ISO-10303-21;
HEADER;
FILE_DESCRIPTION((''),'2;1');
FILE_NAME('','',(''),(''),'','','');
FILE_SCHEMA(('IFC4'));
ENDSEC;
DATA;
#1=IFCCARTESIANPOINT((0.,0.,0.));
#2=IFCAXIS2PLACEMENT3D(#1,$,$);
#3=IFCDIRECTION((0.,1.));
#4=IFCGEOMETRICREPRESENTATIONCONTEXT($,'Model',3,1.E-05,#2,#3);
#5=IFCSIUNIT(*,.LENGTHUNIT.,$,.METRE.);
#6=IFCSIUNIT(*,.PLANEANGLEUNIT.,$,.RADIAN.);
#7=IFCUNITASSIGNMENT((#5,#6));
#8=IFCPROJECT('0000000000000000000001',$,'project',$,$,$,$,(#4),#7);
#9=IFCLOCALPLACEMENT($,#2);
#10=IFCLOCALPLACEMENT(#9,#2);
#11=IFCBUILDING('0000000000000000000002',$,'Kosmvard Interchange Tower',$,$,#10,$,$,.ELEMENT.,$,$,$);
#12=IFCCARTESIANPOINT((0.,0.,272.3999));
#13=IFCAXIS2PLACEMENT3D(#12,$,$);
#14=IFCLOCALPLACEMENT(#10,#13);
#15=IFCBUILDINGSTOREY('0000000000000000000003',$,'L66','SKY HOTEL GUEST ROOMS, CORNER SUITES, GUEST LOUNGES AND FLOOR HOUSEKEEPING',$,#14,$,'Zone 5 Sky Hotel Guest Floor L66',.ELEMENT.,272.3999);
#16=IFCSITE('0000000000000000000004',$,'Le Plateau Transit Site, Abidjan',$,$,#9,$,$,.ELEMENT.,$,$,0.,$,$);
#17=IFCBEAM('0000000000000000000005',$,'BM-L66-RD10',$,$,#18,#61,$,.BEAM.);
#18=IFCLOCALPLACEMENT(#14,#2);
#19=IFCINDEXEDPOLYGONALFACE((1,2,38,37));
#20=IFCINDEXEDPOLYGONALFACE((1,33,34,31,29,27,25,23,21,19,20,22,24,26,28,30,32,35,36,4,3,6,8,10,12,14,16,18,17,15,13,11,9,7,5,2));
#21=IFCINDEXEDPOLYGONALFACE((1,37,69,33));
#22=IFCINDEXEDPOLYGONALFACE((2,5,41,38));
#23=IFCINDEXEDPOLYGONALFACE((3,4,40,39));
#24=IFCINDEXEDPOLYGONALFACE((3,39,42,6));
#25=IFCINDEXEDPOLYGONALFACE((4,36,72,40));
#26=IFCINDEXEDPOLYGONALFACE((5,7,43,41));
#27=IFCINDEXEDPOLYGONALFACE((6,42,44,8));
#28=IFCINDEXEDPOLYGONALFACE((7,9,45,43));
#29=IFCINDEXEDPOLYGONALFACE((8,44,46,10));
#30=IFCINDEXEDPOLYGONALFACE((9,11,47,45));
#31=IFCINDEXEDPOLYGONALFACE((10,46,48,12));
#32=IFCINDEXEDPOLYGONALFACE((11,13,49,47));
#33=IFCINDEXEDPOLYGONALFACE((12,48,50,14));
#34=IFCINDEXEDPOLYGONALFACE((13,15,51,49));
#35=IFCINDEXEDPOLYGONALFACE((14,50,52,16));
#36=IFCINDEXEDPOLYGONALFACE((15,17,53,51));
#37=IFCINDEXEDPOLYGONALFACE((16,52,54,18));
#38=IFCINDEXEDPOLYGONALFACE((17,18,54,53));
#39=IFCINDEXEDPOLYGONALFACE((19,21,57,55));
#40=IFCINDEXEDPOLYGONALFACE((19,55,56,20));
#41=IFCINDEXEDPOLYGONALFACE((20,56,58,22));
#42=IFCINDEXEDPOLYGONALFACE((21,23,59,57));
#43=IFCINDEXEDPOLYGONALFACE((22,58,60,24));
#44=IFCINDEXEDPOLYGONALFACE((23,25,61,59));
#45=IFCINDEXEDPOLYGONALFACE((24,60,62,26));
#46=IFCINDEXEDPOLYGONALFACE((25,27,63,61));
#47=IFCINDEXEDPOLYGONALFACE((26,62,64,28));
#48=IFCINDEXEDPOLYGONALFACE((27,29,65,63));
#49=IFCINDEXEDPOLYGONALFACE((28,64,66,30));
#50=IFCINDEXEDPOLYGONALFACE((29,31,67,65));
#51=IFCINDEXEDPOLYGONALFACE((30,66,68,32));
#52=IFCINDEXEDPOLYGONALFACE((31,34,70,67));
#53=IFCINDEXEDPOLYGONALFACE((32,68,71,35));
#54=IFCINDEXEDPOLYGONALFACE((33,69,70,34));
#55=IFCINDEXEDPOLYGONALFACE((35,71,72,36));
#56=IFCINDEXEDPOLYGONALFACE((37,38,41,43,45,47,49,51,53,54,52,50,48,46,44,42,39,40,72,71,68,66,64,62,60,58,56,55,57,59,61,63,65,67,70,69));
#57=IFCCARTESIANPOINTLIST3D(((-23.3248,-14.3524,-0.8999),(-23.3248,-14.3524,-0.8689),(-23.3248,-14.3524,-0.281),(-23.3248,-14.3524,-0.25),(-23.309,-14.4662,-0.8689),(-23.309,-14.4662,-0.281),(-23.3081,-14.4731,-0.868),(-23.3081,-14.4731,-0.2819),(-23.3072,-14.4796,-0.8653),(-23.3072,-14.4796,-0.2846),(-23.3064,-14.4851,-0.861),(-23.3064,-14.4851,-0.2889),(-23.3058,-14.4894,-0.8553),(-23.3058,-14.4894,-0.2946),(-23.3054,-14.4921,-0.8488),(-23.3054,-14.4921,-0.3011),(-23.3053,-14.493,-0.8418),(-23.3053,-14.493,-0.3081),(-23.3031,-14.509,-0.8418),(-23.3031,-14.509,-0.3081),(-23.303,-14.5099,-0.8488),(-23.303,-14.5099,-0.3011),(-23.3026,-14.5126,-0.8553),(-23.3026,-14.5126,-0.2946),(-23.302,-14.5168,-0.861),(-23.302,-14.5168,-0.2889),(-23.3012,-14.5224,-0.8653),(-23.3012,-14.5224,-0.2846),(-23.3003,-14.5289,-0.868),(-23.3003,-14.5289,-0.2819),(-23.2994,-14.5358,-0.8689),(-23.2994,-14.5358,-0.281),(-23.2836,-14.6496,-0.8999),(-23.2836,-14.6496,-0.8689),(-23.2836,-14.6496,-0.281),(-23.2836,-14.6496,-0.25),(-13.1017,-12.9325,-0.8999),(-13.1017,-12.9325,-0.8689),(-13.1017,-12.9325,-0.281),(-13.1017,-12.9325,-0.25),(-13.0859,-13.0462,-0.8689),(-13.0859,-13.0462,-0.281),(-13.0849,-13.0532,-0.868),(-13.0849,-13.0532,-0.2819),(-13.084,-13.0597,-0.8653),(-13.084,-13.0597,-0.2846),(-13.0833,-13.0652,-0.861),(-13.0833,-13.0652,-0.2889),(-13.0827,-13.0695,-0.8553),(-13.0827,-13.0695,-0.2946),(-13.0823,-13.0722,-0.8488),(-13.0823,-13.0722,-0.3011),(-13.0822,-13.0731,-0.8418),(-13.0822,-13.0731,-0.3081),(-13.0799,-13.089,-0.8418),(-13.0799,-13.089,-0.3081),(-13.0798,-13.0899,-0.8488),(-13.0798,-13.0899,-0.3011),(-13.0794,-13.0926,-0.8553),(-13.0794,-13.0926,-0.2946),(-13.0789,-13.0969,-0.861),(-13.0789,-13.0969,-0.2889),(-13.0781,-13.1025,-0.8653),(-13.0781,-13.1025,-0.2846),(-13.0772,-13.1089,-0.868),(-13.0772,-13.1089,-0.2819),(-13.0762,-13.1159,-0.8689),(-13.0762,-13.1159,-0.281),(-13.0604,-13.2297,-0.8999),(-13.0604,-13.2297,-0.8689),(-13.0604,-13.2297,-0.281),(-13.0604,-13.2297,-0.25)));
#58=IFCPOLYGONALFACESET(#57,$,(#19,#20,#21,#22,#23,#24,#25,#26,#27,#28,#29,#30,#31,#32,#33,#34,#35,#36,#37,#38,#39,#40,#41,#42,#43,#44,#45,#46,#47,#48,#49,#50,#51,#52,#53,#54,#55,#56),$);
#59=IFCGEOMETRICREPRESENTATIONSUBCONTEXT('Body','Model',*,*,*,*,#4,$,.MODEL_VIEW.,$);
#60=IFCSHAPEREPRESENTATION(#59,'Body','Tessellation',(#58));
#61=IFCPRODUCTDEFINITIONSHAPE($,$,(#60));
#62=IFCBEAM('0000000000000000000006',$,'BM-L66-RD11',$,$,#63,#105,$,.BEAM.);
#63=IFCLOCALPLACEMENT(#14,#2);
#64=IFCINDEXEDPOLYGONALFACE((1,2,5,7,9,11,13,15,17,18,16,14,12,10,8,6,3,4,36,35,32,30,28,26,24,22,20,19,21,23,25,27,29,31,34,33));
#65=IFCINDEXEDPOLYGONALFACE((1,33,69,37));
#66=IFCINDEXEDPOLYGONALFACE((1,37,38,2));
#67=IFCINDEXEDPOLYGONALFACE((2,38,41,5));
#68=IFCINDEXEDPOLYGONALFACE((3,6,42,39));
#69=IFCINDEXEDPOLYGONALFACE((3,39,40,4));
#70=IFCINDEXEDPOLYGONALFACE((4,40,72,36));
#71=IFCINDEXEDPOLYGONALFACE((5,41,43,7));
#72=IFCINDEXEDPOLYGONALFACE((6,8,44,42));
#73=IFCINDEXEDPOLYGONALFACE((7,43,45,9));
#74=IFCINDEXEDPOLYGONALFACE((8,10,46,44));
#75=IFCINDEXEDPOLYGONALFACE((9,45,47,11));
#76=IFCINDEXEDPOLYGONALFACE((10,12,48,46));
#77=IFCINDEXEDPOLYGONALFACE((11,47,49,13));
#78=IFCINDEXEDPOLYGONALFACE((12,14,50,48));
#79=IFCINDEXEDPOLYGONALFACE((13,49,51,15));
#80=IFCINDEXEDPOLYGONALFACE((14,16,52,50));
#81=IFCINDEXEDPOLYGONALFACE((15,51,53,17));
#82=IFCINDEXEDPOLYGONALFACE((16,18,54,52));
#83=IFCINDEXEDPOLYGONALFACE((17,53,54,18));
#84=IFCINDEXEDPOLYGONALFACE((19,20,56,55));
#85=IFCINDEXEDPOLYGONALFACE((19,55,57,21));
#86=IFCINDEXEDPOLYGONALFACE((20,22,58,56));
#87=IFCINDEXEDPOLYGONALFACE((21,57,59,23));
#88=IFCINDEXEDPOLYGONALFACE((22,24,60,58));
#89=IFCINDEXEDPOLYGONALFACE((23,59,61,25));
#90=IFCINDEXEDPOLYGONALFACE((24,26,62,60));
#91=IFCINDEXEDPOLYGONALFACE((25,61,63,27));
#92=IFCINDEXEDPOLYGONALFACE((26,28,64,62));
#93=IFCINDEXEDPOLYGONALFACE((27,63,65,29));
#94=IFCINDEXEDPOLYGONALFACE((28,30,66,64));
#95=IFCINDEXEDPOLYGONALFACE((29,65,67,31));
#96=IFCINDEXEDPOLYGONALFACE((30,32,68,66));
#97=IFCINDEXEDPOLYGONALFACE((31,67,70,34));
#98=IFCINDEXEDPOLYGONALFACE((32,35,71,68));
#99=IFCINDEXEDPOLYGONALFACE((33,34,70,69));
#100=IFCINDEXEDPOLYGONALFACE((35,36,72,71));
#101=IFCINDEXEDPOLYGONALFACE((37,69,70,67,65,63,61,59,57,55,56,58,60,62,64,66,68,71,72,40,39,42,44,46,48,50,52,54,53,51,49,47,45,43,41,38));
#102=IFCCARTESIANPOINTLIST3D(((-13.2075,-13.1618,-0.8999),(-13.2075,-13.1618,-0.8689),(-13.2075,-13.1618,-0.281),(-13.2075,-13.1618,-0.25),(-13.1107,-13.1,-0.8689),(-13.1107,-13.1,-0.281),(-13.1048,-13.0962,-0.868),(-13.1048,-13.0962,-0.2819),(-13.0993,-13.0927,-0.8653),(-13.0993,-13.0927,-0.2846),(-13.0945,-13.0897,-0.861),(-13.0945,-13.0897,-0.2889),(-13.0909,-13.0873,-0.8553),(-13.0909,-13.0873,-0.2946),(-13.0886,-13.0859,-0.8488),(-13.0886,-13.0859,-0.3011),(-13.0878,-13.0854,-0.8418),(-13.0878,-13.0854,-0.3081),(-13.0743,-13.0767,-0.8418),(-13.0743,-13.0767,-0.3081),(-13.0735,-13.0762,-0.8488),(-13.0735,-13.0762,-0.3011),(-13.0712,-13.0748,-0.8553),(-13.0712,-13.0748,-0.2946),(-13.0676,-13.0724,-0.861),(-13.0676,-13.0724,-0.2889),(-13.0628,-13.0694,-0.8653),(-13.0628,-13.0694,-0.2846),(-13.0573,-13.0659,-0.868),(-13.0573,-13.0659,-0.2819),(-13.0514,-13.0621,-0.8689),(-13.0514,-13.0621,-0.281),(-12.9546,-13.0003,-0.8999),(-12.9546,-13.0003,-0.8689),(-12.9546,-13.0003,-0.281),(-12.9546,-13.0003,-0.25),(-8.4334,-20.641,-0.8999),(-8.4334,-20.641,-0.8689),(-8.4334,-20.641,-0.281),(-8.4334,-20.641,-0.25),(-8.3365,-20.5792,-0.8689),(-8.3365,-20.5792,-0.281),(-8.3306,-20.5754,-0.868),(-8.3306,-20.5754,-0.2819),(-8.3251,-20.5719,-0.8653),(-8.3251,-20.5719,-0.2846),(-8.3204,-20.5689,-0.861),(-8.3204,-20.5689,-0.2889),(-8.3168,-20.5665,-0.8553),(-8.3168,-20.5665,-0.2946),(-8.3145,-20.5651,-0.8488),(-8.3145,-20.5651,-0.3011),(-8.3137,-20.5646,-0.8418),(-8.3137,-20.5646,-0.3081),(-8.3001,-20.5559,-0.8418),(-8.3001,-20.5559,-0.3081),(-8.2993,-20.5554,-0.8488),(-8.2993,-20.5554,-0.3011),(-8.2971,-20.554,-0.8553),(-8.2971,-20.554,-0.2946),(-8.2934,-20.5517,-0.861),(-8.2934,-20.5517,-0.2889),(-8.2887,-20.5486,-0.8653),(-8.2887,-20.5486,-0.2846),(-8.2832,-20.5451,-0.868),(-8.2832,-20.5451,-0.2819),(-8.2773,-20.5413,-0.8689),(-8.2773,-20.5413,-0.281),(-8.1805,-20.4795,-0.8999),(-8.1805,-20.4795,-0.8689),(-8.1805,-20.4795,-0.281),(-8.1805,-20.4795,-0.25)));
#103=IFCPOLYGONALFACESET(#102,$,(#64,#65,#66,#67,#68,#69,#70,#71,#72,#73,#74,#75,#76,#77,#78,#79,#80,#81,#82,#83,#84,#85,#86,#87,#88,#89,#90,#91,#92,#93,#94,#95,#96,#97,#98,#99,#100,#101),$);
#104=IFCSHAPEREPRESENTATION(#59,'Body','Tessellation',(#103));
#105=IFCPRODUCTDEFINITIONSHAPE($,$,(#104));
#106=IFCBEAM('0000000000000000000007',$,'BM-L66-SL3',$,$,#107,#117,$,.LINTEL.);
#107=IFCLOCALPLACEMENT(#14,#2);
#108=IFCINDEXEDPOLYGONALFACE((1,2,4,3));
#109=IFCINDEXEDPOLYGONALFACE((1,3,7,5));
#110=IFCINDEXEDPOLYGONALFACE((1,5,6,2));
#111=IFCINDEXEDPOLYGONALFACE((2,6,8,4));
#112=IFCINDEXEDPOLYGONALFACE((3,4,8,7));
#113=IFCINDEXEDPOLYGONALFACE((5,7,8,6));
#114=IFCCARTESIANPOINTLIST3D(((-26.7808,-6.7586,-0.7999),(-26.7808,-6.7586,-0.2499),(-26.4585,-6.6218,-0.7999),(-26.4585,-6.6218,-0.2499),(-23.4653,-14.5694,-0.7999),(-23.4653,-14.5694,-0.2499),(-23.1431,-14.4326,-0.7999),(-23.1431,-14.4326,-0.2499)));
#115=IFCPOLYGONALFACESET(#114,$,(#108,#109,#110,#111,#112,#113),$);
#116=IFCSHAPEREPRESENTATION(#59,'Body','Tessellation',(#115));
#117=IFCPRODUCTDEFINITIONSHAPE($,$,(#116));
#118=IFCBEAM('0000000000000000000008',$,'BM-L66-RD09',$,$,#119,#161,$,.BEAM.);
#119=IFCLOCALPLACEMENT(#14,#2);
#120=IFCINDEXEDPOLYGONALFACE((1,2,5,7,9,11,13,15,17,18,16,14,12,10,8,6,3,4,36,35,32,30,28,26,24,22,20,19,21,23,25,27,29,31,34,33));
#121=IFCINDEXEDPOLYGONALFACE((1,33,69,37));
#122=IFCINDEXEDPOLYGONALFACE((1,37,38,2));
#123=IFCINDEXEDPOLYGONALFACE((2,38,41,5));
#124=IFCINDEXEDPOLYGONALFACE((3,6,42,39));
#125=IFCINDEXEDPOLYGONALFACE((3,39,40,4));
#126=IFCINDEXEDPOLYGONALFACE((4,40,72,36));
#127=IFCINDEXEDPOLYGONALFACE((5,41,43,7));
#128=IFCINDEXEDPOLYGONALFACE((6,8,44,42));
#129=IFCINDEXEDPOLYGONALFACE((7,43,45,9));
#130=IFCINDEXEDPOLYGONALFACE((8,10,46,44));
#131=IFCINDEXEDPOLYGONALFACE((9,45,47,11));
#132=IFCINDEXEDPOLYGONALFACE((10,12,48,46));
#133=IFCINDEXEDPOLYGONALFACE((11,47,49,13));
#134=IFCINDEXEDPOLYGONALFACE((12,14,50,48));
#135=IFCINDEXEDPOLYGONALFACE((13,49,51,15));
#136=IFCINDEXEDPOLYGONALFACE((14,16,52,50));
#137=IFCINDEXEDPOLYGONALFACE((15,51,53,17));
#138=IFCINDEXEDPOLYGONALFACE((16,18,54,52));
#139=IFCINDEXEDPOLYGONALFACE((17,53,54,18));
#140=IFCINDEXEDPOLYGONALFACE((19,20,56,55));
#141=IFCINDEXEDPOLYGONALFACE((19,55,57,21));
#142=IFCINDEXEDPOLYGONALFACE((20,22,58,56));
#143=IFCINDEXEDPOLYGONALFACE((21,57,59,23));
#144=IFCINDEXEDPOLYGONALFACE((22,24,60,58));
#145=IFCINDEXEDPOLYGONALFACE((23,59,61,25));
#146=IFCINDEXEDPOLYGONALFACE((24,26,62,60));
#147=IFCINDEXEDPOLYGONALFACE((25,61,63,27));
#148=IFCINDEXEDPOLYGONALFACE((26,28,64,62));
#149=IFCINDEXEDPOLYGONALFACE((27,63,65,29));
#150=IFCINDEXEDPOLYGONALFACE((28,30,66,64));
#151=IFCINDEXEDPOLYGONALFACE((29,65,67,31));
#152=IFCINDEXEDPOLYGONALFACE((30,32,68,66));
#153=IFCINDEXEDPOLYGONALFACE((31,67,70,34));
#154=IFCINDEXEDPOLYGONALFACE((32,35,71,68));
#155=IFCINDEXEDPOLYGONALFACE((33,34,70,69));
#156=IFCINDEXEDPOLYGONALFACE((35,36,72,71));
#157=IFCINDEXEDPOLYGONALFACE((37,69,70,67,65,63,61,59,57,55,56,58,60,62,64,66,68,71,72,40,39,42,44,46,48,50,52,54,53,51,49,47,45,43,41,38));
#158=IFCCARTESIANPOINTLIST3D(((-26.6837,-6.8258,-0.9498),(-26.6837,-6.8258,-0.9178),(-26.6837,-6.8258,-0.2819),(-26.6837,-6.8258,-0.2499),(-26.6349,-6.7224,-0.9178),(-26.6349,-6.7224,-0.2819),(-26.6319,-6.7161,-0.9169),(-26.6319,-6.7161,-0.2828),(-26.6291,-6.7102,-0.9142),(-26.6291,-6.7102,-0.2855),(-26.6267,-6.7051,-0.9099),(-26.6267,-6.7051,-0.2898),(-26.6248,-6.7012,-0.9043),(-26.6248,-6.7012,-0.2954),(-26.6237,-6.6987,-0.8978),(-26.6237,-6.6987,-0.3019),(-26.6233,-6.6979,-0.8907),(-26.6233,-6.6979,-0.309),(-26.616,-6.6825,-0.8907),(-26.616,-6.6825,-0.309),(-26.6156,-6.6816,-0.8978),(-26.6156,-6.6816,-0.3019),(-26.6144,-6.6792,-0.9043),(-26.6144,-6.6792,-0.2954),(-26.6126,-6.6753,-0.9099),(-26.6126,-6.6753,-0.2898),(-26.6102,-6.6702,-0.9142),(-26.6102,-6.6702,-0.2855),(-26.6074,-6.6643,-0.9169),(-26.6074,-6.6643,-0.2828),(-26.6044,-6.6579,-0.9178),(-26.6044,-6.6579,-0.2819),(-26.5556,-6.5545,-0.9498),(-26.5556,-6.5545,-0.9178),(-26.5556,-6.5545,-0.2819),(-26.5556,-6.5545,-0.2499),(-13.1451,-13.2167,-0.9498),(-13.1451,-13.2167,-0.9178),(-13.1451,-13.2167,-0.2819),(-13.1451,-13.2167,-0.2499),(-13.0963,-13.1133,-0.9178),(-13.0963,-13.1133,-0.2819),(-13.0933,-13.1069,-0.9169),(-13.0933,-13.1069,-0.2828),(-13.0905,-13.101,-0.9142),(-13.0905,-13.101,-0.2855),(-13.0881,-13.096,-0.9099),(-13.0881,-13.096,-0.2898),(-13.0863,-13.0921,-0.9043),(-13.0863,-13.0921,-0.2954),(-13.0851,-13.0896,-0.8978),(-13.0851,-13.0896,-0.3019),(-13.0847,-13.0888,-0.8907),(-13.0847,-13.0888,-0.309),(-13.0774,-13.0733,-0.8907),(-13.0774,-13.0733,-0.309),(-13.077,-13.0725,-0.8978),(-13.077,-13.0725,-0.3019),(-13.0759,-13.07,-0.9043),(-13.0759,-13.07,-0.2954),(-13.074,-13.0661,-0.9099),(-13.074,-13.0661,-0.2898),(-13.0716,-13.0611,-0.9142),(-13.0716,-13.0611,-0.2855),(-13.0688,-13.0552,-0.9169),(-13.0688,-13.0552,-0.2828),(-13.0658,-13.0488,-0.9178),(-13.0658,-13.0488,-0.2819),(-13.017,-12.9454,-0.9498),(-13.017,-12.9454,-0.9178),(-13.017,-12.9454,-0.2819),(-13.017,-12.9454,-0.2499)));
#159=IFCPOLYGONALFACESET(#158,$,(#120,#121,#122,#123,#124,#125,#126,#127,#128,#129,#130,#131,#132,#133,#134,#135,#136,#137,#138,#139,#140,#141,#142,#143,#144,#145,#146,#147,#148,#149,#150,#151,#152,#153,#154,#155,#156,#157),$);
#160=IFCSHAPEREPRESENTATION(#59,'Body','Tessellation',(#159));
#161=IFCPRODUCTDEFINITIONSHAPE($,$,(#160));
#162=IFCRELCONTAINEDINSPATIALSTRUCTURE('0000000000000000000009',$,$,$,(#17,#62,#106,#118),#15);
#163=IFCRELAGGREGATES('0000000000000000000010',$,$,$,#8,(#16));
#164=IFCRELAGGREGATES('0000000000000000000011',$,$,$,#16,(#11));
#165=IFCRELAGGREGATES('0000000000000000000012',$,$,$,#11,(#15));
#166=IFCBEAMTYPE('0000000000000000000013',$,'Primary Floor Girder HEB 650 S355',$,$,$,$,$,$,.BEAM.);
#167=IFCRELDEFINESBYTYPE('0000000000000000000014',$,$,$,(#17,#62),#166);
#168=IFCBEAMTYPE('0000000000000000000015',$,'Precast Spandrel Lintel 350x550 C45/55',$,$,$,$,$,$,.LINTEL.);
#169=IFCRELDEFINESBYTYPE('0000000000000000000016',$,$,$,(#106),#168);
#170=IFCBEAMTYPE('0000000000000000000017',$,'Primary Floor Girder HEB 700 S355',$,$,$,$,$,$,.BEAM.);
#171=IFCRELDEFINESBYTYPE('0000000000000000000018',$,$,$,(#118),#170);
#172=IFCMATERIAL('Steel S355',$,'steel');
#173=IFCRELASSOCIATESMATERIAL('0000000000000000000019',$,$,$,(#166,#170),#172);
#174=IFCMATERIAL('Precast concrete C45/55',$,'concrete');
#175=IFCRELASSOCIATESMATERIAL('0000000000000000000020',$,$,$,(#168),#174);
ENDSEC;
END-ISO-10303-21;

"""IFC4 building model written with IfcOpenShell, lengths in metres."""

from ifc_helpers import new_model, si_unit, direction, frame, origin, origin_2d, place, context, subcontext, project, spatial, rectangle, i_section, extrude, source, transform, mapped, material, material_profile, profile_set, type_object, element, save


model = new_model("IFC4")

# Units and contexts
model_context = context("Model", 3, precision=1e-05, world=origin(), true_north=direction((0.0, 1.0)))
body_context = subcontext(model_context, "Body", "Model", "MODEL_VIEW")
ifc_project = project(units=[si_unit("LENGTHUNIT", "METRE"), si_unit("PLANEANGLEUNIT", "RADIAN")], contexts=[model_context])

# Site, building, storey
site_placement = place(None, origin())
site = spatial("IfcSite", under=ifc_project, at=site_placement, Name="Le Plateau Transit Site, Abidjan", CompositionType="ELEMENT", RefElevation=0.0)
building_placement = place(site_placement, origin())
building = spatial("IfcBuilding", under=site, at=building_placement, Name="Kosmvard Interchange Tower", CompositionType="ELEMENT")
storey_placement = place(building_placement, frame((0.0, 0.0, 272.3999)))
storey = spatial("IfcBuildingStorey", under=building, at=storey_placement, Name="L66", Description="SKY HOTEL GUEST ROOMS, CORNER SUITES, GUEST LOUNGES AND FLOOR HOUSEKEEPING", LongName="Zone 5 Sky Hotel Guest Floor L66", CompositionType="ELEMENT", Elevation=272.3999)

# Beams
ifc_material_1 = material(Name="Steel S355", Category="steel")
ifc_material_profile_1 = material_profile(ifc_material_1, i_section(OverallWidth=0.3, OverallDepth=0.6499, WebThickness=0.0161, FlangeThickness=0.031, FilletRadius=0.0271, at=origin_2d()), Name="HEB 650")
ifc_profile_set_1 = profile_set([ifc_material_profile_1], Name="Steel S355")
beam_type_1 = type_object("IfcBeamType", Name="Primary Floor Girder HEB 650 S355", PredefinedType="BEAM", material=ifc_profile_set_1)
shared_shape_1 = source(origin(), body_context, "Body", "SweptSolid", [
    extrude(i_section(OverallWidth=0.3, OverallDepth=0.6499, WebThickness=0.0161, FlangeThickness=0.031, FilletRadius=0.0271, at=origin_2d()), origin(), (0.0, 0.0, 1.0), 10.3213),
])
beam_1_placement = place(storey_placement, frame((-13.0811, -13.0811, -0.575), z_axis=(-0.990492, -0.137572, 0.0), x_axis=(0.137572, -0.990492, 0.0)))
element("IfcBeam", 1, at=beam_1_placement, inside=storey, type_object=beam_type_1, Name="BM-L66-RD10", PredefinedType="BEAM", context=body_context, shape_type="MappedRepresentation", body=[
    mapped(shared_shape_1, transform((0.0, 0.0, 0.0), scale=1.0)),
])
shared_shape_2 = source(origin(), body_context, "Body", "SweptSolid", [
    extrude(i_section(OverallWidth=0.3, OverallDepth=0.6499, WebThickness=0.0161, FlangeThickness=0.031, FilletRadius=0.0271, at=origin_2d()), origin(), (0.0, 0.0, 1.0), 8.873),
])
beam_2_placement = place(storey_placement, frame((-13.0811, -13.0811, -0.575), z_axis=(0.53805, -0.842913, 0.0), x_axis=(0.842913, 0.53805, 0.0)))
element("IfcBeam", 2, at=beam_2_placement, inside=storey, type_object=beam_type_1, Name="BM-L66-RD11", PredefinedType="BEAM", context=body_context, shape_type="MappedRepresentation", body=[
    mapped(shared_shape_2, transform((0.0, 0.0, 0.0), scale=1.0)),
])
ifc_material_2 = material(Name="Precast concrete C45/55", Category="concrete")
ifc_material_profile_2 = material_profile(ifc_material_2, rectangle(XDim=0.3501, YDim=0.55, at=origin_2d()), Name="SL 350x550")
ifc_profile_set_2 = profile_set([ifc_material_profile_2], Name="Precast concrete C45/55")
beam_type_2 = type_object("IfcBeamType", Name="Precast Spandrel Lintel 350x550 C45/55", PredefinedType="LINTEL", material=ifc_profile_set_2)
shared_shape_3 = source(origin(), body_context, "Body", "SweptSolid", [
    extrude(rectangle(XDim=0.3501, YDim=0.55, at=origin_2d()), origin(), (0.0, 0.0, 1.0), 8.4854),
])
beam_3_placement = place(storey_placement, frame((-26.6196, -6.6902, -0.5249), z_axis=(0.390726, -0.920507, 0.0), x_axis=(0.920507, 0.390726, 0.0)))
element("IfcBeam", 3, at=beam_3_placement, inside=storey, type_object=beam_type_2, Name="BM-L66-SL3", PredefinedType="LINTEL", context=body_context, shape_type="MappedRepresentation", body=[
    mapped(shared_shape_3, transform((0.0, 0.0, 0.0), scale=1.0)),
])
ifc_material_profile_3 = material_profile(ifc_material_1, i_section(OverallWidth=0.3, OverallDepth=0.7, WebThickness=0.0171, FlangeThickness=0.032, FilletRadius=0.0271, at=origin_2d()), Name="HEB 700")
ifc_profile_set_3 = profile_set([ifc_material_profile_3], Name="Steel S355")
beam_type_3 = type_object("IfcBeamType", Name="Primary Floor Girder HEB 700 S355", PredefinedType="BEAM", material=ifc_profile_set_3)
shared_shape_4 = source(origin(), body_context, "Body", "SweptSolid", [
    extrude(i_section(OverallWidth=0.3, OverallDepth=0.7, WebThickness=0.0171, FlangeThickness=0.032, FilletRadius=0.0271, at=origin_2d()), origin(), (0.0, 0.0, 1.0), 14.9712),
])
beam_4_placement = place(storey_placement, frame((-13.0811, -13.0811, -0.5999), z_axis=(-0.904309, 0.426878, 0.0), x_axis=(-0.426878, -0.904309, 0.0)))
element("IfcBeam", 4, at=beam_4_placement, inside=storey, type_object=beam_type_3, Name="BM-L66-RD09", PredefinedType="BEAM", context=body_context, shape_type="MappedRepresentation", body=[
    mapped(shared_shape_4, transform((0.0, 0.0, 0.0), scale=1.0)),
])

save(model, "model.ifc")
